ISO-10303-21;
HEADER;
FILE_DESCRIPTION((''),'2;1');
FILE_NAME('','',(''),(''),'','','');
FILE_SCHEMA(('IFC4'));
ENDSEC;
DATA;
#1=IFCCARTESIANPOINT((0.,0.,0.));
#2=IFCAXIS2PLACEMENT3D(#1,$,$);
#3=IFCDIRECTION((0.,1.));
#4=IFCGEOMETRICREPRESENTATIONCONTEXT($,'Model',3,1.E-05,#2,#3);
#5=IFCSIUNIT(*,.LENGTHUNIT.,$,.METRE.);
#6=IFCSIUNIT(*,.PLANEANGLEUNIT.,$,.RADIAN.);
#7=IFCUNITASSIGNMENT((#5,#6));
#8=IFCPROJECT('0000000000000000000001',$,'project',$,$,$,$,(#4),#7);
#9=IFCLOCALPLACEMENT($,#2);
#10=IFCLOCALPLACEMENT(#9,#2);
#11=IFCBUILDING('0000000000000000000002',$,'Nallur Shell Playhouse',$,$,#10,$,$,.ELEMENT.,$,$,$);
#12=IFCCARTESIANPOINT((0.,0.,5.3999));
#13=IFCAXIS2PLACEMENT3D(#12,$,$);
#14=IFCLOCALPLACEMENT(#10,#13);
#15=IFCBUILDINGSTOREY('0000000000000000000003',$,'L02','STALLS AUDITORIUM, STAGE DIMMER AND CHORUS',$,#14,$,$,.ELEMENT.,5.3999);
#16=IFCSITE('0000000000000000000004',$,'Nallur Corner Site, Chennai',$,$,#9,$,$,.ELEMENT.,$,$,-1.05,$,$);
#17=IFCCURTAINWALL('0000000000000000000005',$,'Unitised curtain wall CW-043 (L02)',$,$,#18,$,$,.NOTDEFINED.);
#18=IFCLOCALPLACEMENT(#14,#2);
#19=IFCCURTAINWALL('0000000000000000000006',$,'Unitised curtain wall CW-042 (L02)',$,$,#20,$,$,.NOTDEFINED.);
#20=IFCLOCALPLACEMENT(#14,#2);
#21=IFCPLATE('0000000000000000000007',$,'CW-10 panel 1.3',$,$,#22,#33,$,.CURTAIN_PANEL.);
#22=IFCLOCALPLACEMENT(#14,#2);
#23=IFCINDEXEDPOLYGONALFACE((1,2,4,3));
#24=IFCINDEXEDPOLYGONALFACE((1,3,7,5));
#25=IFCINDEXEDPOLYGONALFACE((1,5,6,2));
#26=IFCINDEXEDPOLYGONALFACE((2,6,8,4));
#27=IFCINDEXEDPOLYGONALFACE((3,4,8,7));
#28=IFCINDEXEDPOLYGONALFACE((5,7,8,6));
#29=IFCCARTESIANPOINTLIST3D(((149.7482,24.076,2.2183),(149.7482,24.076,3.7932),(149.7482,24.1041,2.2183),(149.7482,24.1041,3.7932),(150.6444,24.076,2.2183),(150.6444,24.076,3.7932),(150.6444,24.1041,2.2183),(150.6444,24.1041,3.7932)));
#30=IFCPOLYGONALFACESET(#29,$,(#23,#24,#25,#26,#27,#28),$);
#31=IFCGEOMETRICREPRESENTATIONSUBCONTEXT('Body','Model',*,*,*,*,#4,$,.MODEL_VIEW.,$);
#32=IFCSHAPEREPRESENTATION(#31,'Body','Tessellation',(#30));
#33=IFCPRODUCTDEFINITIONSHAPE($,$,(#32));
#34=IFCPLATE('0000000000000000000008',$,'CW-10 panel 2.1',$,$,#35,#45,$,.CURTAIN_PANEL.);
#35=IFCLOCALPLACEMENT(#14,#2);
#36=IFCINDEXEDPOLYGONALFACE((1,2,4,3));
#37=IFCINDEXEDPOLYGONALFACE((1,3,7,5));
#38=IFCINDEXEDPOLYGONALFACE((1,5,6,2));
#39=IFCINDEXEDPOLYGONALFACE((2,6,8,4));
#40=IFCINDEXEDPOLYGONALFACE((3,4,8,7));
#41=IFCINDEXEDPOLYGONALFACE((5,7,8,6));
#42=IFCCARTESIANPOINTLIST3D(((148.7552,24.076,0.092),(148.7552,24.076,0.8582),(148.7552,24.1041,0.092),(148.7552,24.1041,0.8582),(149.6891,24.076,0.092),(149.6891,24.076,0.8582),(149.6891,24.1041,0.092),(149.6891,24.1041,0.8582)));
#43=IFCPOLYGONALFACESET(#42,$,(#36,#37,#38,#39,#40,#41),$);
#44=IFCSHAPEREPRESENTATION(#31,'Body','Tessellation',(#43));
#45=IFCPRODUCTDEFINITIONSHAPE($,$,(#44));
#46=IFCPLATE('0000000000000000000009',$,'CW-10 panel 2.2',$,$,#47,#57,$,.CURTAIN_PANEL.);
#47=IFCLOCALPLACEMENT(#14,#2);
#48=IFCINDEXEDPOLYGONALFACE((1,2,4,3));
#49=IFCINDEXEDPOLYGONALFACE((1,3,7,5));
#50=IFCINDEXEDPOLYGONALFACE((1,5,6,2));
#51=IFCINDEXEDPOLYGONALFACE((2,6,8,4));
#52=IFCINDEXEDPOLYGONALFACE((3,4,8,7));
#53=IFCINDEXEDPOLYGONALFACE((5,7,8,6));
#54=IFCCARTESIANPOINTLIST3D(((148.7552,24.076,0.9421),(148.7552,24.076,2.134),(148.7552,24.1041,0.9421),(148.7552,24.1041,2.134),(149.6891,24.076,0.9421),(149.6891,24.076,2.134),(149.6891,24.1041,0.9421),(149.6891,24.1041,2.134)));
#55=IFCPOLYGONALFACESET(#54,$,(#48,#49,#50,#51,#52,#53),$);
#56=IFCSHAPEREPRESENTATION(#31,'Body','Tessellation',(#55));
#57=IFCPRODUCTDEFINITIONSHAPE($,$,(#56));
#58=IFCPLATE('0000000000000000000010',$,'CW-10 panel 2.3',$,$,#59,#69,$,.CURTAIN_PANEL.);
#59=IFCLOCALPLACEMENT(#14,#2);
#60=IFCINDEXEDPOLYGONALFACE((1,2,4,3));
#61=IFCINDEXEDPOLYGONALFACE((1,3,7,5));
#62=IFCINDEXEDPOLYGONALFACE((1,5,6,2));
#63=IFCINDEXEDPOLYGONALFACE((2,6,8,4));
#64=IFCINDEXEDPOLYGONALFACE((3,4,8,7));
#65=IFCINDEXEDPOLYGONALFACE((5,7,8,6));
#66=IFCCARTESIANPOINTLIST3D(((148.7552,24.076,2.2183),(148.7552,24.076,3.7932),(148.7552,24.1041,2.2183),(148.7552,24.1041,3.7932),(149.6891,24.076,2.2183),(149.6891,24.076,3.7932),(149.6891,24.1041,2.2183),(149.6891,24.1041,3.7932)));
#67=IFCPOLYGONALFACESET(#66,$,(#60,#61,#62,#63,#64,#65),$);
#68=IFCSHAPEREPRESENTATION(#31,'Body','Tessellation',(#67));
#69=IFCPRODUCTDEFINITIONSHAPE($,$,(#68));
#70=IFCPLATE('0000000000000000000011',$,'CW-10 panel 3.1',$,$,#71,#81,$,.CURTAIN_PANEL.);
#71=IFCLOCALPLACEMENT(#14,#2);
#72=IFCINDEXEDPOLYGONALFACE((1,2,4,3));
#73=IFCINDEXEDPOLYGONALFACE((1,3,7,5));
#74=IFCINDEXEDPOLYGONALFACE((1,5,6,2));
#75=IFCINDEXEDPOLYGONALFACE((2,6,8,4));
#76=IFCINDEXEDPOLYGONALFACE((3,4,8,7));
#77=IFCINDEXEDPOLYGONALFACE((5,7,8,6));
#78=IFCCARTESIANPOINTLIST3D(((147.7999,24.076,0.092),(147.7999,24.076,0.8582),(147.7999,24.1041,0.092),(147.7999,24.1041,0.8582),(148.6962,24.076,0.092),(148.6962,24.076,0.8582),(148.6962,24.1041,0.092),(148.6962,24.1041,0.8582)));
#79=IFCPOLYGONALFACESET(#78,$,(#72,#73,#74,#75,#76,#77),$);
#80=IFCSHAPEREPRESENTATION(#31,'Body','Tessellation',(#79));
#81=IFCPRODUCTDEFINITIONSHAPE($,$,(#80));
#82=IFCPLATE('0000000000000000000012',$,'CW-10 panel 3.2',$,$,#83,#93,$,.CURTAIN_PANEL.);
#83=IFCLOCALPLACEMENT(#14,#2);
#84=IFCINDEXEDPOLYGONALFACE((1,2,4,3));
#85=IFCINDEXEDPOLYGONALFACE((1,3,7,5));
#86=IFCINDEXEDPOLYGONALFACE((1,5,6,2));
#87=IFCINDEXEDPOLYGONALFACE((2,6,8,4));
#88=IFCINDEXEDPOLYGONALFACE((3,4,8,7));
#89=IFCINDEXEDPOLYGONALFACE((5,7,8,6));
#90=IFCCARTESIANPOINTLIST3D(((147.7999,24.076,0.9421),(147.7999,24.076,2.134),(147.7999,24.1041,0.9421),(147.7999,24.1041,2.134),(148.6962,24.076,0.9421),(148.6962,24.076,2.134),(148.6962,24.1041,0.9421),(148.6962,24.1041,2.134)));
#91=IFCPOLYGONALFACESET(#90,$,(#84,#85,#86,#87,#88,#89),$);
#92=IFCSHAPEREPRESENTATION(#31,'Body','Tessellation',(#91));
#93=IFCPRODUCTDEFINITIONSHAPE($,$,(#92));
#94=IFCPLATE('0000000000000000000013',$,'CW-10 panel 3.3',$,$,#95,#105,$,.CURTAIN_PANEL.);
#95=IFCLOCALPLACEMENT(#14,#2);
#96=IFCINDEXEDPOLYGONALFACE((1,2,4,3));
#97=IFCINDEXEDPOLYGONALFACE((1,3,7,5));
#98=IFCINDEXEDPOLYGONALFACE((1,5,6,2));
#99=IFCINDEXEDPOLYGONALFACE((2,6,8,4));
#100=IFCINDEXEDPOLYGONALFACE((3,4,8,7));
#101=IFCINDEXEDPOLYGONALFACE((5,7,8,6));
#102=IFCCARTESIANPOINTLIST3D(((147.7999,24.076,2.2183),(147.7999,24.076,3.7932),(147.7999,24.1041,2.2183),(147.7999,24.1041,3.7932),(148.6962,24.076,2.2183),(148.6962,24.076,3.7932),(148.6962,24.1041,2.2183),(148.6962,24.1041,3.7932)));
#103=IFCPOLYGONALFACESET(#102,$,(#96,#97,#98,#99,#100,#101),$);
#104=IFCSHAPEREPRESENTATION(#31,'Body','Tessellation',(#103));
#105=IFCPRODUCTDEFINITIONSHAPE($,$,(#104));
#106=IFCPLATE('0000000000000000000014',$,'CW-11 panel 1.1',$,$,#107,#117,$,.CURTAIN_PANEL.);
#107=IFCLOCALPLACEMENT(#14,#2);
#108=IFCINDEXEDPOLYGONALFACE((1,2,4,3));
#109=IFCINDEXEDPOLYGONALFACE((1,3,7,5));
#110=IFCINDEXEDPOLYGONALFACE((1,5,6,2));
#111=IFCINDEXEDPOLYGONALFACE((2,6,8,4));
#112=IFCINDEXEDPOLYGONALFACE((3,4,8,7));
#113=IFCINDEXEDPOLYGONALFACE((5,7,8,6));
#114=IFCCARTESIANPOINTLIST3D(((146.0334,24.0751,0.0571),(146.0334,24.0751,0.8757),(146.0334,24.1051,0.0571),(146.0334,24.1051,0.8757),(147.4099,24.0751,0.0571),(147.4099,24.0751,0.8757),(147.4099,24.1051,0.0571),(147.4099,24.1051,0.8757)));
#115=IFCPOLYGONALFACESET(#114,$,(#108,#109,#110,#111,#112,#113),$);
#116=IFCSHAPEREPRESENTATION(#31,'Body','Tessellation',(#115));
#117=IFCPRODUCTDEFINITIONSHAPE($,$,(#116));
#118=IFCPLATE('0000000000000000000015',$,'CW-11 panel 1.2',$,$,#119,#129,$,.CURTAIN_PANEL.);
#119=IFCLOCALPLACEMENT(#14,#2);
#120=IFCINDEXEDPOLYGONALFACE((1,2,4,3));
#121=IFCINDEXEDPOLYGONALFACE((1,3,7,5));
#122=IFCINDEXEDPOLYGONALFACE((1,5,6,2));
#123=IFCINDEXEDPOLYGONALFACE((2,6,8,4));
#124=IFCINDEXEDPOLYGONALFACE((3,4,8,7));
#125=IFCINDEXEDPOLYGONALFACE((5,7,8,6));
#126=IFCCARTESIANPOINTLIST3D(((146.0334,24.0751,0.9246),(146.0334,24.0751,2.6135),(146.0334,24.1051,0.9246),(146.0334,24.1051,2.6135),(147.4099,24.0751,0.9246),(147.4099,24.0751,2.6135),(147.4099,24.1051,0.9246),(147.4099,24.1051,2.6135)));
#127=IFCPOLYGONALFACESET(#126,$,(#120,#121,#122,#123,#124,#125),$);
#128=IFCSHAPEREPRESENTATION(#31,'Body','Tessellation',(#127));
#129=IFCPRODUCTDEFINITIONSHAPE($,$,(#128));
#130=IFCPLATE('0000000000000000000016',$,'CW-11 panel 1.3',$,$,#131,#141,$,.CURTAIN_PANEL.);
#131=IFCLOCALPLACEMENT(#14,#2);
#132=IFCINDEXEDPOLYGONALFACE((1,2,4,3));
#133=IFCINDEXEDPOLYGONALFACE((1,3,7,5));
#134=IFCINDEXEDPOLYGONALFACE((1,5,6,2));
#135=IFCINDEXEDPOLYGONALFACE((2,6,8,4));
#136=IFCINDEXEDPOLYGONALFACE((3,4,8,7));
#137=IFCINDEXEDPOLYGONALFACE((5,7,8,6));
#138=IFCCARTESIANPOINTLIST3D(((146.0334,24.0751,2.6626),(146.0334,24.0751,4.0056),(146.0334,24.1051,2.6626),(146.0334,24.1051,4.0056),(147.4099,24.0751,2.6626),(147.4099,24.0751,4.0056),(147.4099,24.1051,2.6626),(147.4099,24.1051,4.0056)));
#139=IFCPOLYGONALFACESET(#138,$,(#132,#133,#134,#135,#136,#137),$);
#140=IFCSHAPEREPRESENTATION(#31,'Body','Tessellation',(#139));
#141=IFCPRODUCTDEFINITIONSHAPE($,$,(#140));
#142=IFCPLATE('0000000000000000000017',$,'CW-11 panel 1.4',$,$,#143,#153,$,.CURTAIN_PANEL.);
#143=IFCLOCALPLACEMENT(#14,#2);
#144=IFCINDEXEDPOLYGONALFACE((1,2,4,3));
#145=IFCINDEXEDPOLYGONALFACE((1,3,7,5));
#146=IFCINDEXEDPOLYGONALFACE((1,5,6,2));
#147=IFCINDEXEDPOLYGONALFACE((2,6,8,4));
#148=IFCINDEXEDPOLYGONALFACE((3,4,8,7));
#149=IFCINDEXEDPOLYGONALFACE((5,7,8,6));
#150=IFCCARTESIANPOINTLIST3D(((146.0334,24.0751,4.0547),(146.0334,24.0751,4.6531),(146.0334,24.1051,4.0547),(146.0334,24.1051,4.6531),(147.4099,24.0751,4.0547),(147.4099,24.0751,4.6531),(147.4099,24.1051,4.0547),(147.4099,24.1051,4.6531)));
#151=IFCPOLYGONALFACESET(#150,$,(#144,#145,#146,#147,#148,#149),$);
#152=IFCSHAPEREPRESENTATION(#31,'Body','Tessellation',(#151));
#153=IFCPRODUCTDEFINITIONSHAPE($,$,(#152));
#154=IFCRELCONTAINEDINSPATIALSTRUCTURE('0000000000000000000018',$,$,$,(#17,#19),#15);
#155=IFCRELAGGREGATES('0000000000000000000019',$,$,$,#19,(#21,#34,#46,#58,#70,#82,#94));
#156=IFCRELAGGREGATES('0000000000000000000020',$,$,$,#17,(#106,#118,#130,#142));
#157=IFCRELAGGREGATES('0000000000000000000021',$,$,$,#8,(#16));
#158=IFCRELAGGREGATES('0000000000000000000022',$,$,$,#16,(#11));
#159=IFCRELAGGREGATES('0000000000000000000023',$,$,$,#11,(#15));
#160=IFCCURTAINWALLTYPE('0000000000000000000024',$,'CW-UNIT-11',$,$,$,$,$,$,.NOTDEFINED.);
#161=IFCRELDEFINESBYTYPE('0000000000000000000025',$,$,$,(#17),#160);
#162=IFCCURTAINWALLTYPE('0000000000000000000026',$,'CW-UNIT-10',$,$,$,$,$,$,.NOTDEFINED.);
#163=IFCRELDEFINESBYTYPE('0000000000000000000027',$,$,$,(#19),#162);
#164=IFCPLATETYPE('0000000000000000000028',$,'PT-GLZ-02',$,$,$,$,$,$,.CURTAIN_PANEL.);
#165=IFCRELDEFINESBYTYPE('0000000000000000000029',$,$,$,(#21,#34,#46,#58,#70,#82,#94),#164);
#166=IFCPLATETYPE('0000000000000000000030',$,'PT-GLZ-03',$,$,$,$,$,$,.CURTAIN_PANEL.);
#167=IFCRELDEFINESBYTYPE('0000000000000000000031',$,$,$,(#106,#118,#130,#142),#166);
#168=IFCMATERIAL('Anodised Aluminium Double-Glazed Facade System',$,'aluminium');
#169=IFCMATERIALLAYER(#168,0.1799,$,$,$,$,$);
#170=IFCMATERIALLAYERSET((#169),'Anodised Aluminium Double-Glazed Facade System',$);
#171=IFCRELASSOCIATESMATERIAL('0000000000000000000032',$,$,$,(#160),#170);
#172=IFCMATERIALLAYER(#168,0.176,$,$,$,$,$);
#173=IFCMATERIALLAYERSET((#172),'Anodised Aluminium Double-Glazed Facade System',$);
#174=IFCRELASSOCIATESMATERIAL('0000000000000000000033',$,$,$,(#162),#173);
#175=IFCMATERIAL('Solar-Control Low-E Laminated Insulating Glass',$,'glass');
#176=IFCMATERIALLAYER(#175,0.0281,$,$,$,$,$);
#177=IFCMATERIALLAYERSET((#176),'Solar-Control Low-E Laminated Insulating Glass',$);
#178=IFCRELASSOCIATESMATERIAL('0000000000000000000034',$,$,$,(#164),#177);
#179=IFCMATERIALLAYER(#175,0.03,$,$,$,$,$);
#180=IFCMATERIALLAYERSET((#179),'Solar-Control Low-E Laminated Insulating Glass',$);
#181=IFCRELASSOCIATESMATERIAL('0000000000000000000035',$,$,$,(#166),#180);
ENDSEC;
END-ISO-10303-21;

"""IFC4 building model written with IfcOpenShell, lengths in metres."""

from ifc_helpers import new_model, si_unit, direction, frame, origin, origin_2d, place, context, subcontext, project, spatial, rectangle, extrude, material, layer, layer_set, type_object, element, aggregate, save


model = new_model("IFC4")

# Units and contexts
model_context = context("Model", 3, precision=1e-05, world=origin(), true_north=direction((0.0, 1.0)))
body_context = subcontext(model_context, "Body", "Model", "MODEL_VIEW")
ifc_project = project(units=[si_unit("LENGTHUNIT", "METRE"), si_unit("PLANEANGLEUNIT", "RADIAN")], contexts=[model_context])

# Site, building, storey
site_placement = place(None, origin())
site = spatial("IfcSite", under=ifc_project, at=site_placement, Name="Nallur Corner Site, Chennai", CompositionType="ELEMENT", RefElevation=-1.05)
building_placement = place(site_placement, origin())
building = spatial("IfcBuilding", under=site, at=building_placement, Name="Nallur Shell Playhouse", CompositionType="ELEMENT")
storey_placement = place(building_placement, frame((0.0, 0.0, 5.3999)))
storey = spatial("IfcBuildingStorey", under=building, at=storey_placement, Name="L02", Description="STALLS AUDITORIUM, STAGE DIMMER AND CHORUS", CompositionType="ELEMENT", Elevation=5.3999)

# Curtain walls
ifc_material_1 = material(Name="Anodised Aluminium Double-Glazed Facade System", Category="aluminium")
ifc_layer_1 = layer(ifc_material_1, 0.1799)
ifc_layer_set_1 = layer_set([ifc_layer_1], Name="Anodised Aluminium Double-Glazed Facade System")
curtain_wall_type_1 = type_object("IfcCurtainWallType", Name="CW-UNIT-11", PredefinedType="NOTDEFINED", material=ifc_layer_set_1)
curtain_wall_1_placement = place(storey_placement, origin())
curtain_wall_1 = element("IfcCurtainWall", 1, at=curtain_wall_1_placement, inside=storey, type_object=curtain_wall_type_1, Name="Unitised curtain wall CW-043 (L02)", PredefinedType="NOTDEFINED")
ifc_layer_2 = layer(ifc_material_1, 0.176)
ifc_layer_set_2 = layer_set([ifc_layer_2], Name="Anodised Aluminium Double-Glazed Facade System")
curtain_wall_type_2 = type_object("IfcCurtainWallType", Name="CW-UNIT-10", PredefinedType="NOTDEFINED", material=ifc_layer_set_2)
curtain_wall_2_placement = place(storey_placement, origin())
curtain_wall_2 = element("IfcCurtainWall", 2, at=curtain_wall_2_placement, inside=storey, type_object=curtain_wall_type_2, Name="Unitised curtain wall CW-042 (L02)", PredefinedType="NOTDEFINED")

# Plates
ifc_material_2 = material(Name="Solar-Control Low-E Laminated Insulating Glass", Category="glass")
ifc_layer_3 = layer(ifc_material_2, 0.0281)
ifc_layer_set_3 = layer_set([ifc_layer_3], Name="Solar-Control Low-E Laminated Insulating Glass")
plate_type_1 = type_object("IfcPlateType", Name="PT-GLZ-02", PredefinedType="CURTAIN_PANEL", material=ifc_layer_set_3)
plate_1_placement = place(storey_placement, frame((150.1963, 24.0901, 2.2183), z_axis=(0.0, 0.0, 1.0), x_axis=(-1.0, 0.0, 0.0)))
plate_1 = element("IfcPlate", 3, at=plate_1_placement, type_object=plate_type_1, Name="CW-10 panel 1.3", PredefinedType="CURTAIN_PANEL", context=body_context, shape_type="SweptSolid", body=[
    extrude(rectangle(XDim=0.8962, YDim=0.0281, at=origin_2d()), origin(), (0.0, 0.0, 1.0), 1.575),
])
plate_2_placement = place(storey_placement, frame((149.2222, 24.0901, 0.092), z_axis=(0.0, 0.0, 1.0), x_axis=(-1.0, 0.0, 0.0)))
plate_2 = element("IfcPlate", 4, at=plate_2_placement, type_object=plate_type_1, Name="CW-10 panel 2.1", PredefinedType="CURTAIN_PANEL", context=body_context, shape_type="SweptSolid", body=[
    extrude(rectangle(XDim=0.9338, YDim=0.0281, at=origin_2d()), origin(), (0.0, 0.0, 1.0), 0.7661),
])
plate_3_placement = place(storey_placement, frame((149.2222, 24.0901, 0.9421), z_axis=(0.0, 0.0, 1.0), x_axis=(-1.0, 0.0, 0.0)))
plate_3 = element("IfcPlate", 5, at=plate_3_placement, type_object=plate_type_1, Name="CW-10 panel 2.2", PredefinedType="CURTAIN_PANEL", context=body_context, shape_type="SweptSolid", body=[
    extrude(rectangle(XDim=0.9338, YDim=0.0281, at=origin_2d()), origin(), (0.0, 0.0, 1.0), 1.1919),
])
plate_4_placement = place(storey_placement, frame((149.2222, 24.0901, 2.2183), z_axis=(0.0, 0.0, 1.0), x_axis=(-1.0, 0.0, 0.0)))
plate_4 = element("IfcPlate", 6, at=plate_4_placement, type_object=plate_type_1, Name="CW-10 panel 2.3", PredefinedType="CURTAIN_PANEL", context=body_context, shape_type="SweptSolid", body=[
    extrude(rectangle(XDim=0.9338, YDim=0.0281, at=origin_2d()), origin(), (0.0, 0.0, 1.0), 1.575),
])
plate_5_placement = place(storey_placement, frame((148.248, 24.0901, 0.092), z_axis=(0.0, 0.0, 1.0), x_axis=(-1.0, 0.0, 0.0)))
plate_5 = element("IfcPlate", 7, at=plate_5_placement, type_object=plate_type_1, Name="CW-10 panel 3.1", PredefinedType="CURTAIN_PANEL", context=body_context, shape_type="SweptSolid", body=[
    extrude(rectangle(XDim=0.8962, YDim=0.0281, at=origin_2d()), origin(), (0.0, 0.0, 1.0), 0.7661),
])
plate_6_placement = place(storey_placement, frame((148.248, 24.0901, 0.9421), z_axis=(0.0, 0.0, 1.0), x_axis=(-1.0, 0.0, 0.0)))
plate_6 = element("IfcPlate", 8, at=plate_6_placement, type_object=plate_type_1, Name="CW-10 panel 3.2", PredefinedType="CURTAIN_PANEL", context=body_context, shape_type="SweptSolid", body=[
    extrude(rectangle(XDim=0.8962, YDim=0.0281, at=origin_2d()), origin(), (0.0, 0.0, 1.0), 1.1919),
])
plate_7_placement = place(storey_placement, frame((148.248, 24.0901, 2.2183), z_axis=(0.0, 0.0, 1.0), x_axis=(-1.0, 0.0, 0.0)))
plate_7 = element("IfcPlate", 9, at=plate_7_placement, type_object=plate_type_1, Name="CW-10 panel 3.3", PredefinedType="CURTAIN_PANEL", context=body_context, shape_type="SweptSolid", body=[
    extrude(rectangle(XDim=0.8962, YDim=0.0281, at=origin_2d()), origin(), (0.0, 0.0, 1.0), 1.575),
])
aggregate(curtain_wall_2, [plate_1, plate_2, plate_3, plate_4, plate_5, plate_6, plate_7])
ifc_layer_4 = layer(ifc_material_2, 0.03)
ifc_layer_set_4 = layer_set([ifc_layer_4], Name="Solar-Control Low-E Laminated Insulating Glass")
plate_type_2 = type_object("IfcPlateType", Name="PT-GLZ-03", PredefinedType="CURTAIN_PANEL", material=ifc_layer_set_4)
plate_8_placement = place(storey_placement, frame((146.7217, 24.0901, 0.0571), z_axis=(0.0, 0.0, 1.0), x_axis=(-1.0, 0.0, 0.0)))
plate_8 = element("IfcPlate", 10, at=plate_8_placement, type_object=plate_type_2, Name="CW-11 panel 1.1", PredefinedType="CURTAIN_PANEL", context=body_context, shape_type="SweptSolid", body=[
    extrude(rectangle(XDim=1.3765, YDim=0.03, at=origin_2d()), origin(), (0.0, 0.0, 1.0), 0.8186),
])
plate_9_placement = place(storey_placement, frame((146.7217, 24.0901, 0.9246), z_axis=(0.0, 0.0, 1.0), x_axis=(-1.0, 0.0, 0.0)))
plate_9 = element("IfcPlate", 11, at=plate_9_placement, type_object=plate_type_2, Name="CW-11 panel 1.2", PredefinedType="CURTAIN_PANEL", context=body_context, shape_type="SweptSolid", body=[
    extrude(rectangle(XDim=1.3765, YDim=0.03, at=origin_2d()), origin(), (0.0, 0.0, 1.0), 1.689),
])
plate_10_placement = place(storey_placement, frame((146.7217, 24.0901, 2.6626), z_axis=(0.0, 0.0, 1.0), x_axis=(-1.0, 0.0, 0.0)))
plate_10 = element("IfcPlate", 12, at=plate_10_placement, type_object=plate_type_2, Name="CW-11 panel 1.3", PredefinedType="CURTAIN_PANEL", context=body_context, shape_type="SweptSolid", body=[
    extrude(rectangle(XDim=1.3765, YDim=0.03, at=origin_2d()), origin(), (0.0, 0.0, 1.0), 1.343),
])
plate_11_placement = place(storey_placement, frame((146.7217, 24.0901, 4.0547), z_axis=(0.0, 0.0, 1.0), x_axis=(-1.0, 0.0, 0.0)))
plate_11 = element("IfcPlate", 13, at=plate_11_placement, type_object=plate_type_2, Name="CW-11 panel 1.4", PredefinedType="CURTAIN_PANEL", context=body_context, shape_type="SweptSolid", body=[
    extrude(rectangle(XDim=1.3765, YDim=0.03, at=origin_2d()), origin(), (0.0, 0.0, 1.0), 0.5984),
])
aggregate(curtain_wall_1, [plate_8, plate_9, plate_10, plate_11])

save(model, "model.ifc")
